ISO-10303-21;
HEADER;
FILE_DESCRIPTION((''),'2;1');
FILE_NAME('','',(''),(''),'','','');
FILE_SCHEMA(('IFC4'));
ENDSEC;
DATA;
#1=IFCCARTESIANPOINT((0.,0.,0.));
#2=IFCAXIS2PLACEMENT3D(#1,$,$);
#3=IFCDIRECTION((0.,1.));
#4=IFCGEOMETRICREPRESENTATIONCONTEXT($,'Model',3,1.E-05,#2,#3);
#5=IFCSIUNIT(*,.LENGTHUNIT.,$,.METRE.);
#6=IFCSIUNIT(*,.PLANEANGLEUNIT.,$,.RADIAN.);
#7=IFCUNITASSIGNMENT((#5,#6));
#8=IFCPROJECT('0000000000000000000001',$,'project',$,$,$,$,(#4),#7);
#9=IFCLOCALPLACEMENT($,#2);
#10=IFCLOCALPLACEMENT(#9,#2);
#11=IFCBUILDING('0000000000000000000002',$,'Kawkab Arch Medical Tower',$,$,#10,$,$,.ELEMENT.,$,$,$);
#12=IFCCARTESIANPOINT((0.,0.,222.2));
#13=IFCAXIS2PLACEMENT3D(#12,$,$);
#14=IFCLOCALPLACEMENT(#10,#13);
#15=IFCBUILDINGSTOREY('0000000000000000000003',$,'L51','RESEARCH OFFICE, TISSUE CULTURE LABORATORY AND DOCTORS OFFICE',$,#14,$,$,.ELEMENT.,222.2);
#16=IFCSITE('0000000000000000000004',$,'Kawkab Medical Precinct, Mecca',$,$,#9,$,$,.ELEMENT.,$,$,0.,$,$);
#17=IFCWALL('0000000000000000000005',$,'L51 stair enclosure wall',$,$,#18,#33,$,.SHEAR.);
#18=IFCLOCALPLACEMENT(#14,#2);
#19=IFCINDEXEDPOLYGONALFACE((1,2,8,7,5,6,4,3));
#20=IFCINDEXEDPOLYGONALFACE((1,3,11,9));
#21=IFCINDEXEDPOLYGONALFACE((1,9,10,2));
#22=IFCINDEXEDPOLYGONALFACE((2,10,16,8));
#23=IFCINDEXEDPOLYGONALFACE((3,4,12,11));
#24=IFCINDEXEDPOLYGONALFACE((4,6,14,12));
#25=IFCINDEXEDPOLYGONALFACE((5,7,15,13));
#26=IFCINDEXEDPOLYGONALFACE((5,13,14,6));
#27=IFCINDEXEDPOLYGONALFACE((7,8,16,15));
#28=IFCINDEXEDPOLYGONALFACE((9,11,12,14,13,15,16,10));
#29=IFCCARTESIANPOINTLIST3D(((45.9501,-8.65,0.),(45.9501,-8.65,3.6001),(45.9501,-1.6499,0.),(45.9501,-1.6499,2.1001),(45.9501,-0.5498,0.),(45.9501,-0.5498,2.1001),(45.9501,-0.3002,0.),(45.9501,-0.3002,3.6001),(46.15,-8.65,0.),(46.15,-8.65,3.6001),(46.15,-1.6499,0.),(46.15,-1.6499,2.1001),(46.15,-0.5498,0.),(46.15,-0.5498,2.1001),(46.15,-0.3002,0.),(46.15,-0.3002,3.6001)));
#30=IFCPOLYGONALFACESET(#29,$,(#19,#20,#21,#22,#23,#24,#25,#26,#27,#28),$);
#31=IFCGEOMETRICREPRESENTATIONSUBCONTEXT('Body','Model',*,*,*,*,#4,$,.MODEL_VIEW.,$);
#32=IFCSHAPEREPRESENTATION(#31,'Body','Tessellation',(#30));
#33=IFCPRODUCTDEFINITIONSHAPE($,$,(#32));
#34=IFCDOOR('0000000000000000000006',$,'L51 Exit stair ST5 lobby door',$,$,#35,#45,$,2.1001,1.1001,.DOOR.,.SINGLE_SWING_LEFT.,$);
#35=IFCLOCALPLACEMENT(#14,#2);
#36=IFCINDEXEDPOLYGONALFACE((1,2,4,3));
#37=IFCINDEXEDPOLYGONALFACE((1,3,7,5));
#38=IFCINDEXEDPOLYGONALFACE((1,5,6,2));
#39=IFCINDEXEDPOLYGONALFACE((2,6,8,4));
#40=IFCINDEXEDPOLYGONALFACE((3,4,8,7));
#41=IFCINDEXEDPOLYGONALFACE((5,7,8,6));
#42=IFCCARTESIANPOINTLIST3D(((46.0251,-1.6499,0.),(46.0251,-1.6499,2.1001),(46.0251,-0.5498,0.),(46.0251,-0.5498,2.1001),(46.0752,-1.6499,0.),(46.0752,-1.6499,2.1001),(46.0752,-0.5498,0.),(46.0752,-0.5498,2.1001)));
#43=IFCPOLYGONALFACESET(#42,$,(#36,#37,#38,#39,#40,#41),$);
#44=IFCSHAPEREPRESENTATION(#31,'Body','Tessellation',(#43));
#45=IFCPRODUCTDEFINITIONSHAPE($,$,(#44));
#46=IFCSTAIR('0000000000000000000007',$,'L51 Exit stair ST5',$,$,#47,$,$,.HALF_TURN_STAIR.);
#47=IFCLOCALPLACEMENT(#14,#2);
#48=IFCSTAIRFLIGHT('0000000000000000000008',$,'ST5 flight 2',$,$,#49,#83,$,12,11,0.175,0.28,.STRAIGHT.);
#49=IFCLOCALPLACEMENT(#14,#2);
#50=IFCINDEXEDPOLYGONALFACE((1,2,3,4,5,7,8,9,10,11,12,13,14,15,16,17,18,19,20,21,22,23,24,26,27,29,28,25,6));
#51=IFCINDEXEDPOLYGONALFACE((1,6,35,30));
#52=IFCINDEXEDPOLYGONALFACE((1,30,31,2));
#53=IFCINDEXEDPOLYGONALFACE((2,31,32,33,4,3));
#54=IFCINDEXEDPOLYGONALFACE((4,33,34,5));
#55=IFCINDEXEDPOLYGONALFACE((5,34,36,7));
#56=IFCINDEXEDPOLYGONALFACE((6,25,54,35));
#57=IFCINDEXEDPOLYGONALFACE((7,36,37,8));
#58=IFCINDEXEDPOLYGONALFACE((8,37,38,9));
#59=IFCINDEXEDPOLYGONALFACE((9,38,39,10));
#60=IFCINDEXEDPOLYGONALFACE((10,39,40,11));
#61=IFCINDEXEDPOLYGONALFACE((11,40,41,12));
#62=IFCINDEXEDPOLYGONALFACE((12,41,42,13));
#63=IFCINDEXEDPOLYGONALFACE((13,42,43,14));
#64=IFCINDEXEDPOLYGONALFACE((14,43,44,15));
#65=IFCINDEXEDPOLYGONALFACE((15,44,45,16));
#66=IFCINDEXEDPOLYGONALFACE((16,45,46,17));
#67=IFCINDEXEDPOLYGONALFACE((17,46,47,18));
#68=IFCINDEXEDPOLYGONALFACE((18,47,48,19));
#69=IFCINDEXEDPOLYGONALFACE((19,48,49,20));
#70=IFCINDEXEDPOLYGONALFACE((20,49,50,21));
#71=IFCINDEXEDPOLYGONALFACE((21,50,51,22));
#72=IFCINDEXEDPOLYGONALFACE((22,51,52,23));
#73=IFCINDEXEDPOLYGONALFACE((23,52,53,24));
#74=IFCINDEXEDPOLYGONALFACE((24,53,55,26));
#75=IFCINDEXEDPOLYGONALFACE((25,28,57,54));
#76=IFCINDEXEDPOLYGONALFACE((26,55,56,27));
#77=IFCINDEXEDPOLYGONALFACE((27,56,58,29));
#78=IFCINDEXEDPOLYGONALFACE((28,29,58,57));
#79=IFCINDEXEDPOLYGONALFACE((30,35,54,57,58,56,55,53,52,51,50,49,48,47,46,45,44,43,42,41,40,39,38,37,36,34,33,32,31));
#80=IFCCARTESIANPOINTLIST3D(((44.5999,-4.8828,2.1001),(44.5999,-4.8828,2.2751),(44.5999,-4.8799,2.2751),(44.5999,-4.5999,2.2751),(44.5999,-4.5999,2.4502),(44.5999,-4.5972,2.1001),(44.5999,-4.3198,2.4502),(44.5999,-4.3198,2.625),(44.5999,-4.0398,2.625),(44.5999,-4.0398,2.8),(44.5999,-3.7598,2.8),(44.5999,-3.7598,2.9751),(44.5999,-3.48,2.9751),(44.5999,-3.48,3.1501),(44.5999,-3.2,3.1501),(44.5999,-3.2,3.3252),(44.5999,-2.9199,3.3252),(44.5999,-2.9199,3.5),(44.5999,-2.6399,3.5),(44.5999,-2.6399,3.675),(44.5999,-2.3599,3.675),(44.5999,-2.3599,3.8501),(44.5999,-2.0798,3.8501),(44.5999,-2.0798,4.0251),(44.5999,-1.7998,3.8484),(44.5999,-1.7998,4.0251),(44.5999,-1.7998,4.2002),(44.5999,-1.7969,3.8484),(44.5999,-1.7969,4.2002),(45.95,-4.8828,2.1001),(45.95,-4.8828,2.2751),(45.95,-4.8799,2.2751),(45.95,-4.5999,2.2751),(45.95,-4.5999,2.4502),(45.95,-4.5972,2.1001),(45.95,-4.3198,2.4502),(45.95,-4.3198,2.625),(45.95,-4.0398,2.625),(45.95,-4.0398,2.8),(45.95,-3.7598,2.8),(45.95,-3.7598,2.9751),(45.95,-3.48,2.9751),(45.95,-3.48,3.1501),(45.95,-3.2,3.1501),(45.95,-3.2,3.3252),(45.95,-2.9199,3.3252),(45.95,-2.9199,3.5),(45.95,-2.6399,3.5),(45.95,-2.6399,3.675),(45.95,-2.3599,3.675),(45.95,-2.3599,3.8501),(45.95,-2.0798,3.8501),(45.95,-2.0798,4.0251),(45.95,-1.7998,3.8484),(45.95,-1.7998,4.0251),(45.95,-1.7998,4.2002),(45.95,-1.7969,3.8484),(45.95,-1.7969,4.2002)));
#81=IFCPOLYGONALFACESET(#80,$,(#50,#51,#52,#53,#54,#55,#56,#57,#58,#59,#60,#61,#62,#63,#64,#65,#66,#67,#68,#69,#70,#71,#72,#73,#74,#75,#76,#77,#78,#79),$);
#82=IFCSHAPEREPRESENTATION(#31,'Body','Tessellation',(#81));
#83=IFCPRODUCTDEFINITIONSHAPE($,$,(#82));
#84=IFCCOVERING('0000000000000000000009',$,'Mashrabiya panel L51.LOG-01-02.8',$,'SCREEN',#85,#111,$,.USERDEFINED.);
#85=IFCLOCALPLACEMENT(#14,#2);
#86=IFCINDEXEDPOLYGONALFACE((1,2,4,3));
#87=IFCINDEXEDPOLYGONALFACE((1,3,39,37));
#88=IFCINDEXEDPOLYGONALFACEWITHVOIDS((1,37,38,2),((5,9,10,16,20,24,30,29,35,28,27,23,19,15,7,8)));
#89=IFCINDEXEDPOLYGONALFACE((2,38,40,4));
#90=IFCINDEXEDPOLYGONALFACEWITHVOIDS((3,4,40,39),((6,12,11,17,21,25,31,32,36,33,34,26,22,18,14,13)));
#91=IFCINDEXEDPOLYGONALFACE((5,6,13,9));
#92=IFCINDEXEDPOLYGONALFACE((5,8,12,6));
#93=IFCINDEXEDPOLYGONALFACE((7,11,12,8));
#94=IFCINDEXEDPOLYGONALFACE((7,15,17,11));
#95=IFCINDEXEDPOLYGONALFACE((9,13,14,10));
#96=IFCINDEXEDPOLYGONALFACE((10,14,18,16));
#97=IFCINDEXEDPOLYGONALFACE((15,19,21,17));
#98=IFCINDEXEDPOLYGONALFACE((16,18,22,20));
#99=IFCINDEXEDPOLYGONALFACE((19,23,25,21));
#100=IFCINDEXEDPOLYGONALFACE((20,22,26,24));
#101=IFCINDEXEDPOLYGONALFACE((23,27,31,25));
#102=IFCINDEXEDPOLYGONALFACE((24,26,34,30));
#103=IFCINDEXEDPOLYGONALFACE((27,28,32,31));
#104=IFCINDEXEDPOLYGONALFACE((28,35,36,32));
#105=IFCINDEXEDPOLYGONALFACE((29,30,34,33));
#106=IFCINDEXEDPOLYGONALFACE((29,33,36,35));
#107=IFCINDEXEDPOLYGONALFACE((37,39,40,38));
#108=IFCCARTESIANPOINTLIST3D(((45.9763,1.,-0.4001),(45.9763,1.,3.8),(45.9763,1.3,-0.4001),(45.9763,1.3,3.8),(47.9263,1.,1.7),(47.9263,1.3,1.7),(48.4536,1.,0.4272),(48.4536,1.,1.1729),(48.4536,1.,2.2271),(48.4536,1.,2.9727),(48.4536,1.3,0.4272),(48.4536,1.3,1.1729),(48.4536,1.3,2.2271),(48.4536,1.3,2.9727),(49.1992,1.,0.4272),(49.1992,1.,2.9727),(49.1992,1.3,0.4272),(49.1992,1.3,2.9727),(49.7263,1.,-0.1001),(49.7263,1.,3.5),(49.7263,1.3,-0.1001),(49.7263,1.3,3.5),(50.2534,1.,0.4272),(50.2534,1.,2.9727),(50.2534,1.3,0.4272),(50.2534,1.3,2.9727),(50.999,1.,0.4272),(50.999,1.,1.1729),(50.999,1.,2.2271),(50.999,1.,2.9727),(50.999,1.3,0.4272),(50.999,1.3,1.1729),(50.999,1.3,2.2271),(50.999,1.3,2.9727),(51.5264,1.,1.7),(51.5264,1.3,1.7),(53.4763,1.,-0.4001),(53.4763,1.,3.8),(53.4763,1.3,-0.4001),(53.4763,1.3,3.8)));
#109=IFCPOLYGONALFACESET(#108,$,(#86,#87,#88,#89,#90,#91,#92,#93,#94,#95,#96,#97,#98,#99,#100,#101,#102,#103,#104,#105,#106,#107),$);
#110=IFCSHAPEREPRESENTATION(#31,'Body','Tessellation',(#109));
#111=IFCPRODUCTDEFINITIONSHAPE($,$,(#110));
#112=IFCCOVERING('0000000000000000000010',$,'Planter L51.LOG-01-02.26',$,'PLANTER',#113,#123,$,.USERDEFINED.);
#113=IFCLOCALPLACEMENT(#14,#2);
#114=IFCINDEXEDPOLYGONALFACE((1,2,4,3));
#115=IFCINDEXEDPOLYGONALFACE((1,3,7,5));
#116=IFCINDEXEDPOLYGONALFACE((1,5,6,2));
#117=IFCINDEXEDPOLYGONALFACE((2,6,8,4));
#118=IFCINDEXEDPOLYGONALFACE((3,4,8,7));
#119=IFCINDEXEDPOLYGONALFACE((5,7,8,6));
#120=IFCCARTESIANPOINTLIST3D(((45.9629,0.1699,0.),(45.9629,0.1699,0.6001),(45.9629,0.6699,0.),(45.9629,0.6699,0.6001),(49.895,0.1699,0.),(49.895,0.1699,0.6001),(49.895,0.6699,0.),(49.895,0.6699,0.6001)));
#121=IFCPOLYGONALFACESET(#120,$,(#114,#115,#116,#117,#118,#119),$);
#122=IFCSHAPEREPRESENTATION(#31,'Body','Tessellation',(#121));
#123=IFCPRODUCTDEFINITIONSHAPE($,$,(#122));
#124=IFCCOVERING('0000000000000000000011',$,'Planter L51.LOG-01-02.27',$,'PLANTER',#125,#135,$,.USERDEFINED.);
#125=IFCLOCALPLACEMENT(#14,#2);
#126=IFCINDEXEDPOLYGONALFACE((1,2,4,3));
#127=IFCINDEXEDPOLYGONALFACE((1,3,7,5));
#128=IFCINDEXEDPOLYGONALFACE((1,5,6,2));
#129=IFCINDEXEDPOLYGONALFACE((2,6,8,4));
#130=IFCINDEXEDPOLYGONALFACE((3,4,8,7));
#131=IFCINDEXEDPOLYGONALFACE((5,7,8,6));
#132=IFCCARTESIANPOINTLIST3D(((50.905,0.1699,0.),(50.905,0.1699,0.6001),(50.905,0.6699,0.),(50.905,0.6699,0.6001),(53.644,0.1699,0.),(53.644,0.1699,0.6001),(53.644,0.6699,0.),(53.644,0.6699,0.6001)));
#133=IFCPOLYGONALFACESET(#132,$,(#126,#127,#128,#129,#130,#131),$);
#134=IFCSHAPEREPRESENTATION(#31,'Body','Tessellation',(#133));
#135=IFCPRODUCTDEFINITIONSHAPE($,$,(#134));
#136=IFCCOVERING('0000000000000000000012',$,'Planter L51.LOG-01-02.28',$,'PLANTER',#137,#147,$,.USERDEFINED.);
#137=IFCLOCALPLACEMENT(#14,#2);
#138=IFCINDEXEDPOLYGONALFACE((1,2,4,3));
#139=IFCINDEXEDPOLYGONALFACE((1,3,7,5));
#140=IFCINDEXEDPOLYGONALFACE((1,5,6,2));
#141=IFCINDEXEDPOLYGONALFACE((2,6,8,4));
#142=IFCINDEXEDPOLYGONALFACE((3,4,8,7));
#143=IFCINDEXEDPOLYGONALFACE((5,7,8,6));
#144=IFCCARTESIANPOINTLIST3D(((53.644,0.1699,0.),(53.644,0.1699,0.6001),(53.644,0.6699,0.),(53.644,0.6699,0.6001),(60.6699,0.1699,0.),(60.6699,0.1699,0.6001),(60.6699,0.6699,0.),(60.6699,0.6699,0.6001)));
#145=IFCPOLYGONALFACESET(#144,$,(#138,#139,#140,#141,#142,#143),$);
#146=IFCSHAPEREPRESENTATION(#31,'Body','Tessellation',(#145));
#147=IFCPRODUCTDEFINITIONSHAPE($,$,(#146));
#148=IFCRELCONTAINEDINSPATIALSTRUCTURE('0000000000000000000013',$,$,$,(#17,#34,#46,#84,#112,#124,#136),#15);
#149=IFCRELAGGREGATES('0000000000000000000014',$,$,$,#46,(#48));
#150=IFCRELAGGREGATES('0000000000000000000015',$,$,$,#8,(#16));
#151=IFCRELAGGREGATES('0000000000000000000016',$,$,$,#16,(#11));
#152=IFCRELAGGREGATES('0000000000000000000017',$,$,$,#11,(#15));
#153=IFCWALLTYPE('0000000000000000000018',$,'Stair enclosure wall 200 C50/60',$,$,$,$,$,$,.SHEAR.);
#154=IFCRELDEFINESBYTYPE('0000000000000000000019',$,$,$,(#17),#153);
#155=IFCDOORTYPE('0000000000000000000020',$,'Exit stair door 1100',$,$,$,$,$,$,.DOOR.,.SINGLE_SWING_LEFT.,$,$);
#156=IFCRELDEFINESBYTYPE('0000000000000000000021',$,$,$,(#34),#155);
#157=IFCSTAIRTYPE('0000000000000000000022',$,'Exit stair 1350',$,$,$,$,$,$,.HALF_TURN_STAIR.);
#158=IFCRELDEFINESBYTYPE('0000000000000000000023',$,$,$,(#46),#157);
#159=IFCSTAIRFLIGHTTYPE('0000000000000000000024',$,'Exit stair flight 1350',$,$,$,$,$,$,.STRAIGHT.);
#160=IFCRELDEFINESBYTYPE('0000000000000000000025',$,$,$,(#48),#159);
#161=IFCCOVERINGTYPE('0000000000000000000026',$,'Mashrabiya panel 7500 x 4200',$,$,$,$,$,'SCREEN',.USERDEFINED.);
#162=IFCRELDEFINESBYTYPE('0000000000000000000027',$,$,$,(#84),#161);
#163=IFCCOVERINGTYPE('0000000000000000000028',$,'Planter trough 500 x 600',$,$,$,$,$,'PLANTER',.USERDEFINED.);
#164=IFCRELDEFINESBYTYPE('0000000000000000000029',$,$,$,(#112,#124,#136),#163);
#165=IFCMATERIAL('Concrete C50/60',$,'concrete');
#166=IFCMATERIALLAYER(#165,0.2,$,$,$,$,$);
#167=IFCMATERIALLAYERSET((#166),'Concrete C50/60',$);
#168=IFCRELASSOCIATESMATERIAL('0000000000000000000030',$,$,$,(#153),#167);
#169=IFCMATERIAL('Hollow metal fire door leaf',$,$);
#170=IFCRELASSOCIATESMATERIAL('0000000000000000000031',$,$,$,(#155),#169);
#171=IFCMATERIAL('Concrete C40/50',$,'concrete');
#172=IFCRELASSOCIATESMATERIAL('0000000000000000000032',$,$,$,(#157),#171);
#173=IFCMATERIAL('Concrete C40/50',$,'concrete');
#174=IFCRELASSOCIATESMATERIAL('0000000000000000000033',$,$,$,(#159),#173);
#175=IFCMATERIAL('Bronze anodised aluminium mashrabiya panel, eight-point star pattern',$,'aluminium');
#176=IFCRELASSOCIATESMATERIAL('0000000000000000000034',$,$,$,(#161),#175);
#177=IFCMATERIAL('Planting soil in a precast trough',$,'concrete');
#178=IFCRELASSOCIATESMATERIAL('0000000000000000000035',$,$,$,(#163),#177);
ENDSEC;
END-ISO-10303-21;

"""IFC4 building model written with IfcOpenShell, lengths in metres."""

from ifc_helpers import new_model, si_unit, direction, frame, frame_2d, origin, origin_2d, place, context, subcontext, project, spatial, polyline, rectangle, outline, extrude, material, layer, layer_set, material_profile, profile_set, type_object, element, fill, aggregate, save


model = new_model("IFC4")

# Units and contexts
model_context = context("Model", 3, precision=1e-05, world=origin(), true_north=direction((0.0, 1.0)))
body_context = subcontext(model_context, "Body", "Model", "MODEL_VIEW")
ifc_project = project(units=[si_unit("LENGTHUNIT", "METRE"), si_unit("PLANEANGLEUNIT", "RADIAN")], contexts=[model_context])

# Site, building, storey
site_placement = place(None, origin())
site = spatial("IfcSite", under=ifc_project, at=site_placement, Name="Kawkab Medical Precinct, Mecca", CompositionType="ELEMENT", RefElevation=0.0)
building_placement = place(site_placement, origin())
building = spatial("IfcBuilding", under=site, at=building_placement, Name="Kawkab Arch Medical Tower", CompositionType="ELEMENT")
storey_placement = place(building_placement, frame((0.0, 0.0, 222.2)))
storey = spatial("IfcBuildingStorey", under=building, at=storey_placement, Name="L51", Description="RESEARCH OFFICE, TISSUE CULTURE LABORATORY AND DOCTORS OFFICE", CompositionType="ELEMENT", Elevation=222.2)

# Shared definitions
placement = place(storey_placement, origin())

# Wall, opening, door
ifc_material_1 = material(Name="Concrete C50/60", Category="concrete")
ifc_layer_1 = layer(ifc_material_1, 0.2)
ifc_layer_set_1 = layer_set([ifc_layer_1], Name="Concrete C50/60")
wall_type_1 = type_object("IfcWallType", Name="Stair enclosure wall 200 C50/60", PredefinedType="SHEAR", material=ifc_layer_set_1)
wall_1_placement = place(storey_placement, frame((46.05, -8.6499, 0.0), z_axis=(0.0, 0.0, 1.0), x_axis=(0.0, 1.0, 0.0)))
wall_1 = element("IfcWall", 1, at=wall_1_placement, inside=storey, type_object=wall_type_1, Name="L51 stair enclosure wall", PredefinedType="SHEAR", context=body_context, shape_type="SweptSolid", body=[
    extrude(rectangle(XDim=8.3499, YDim=0.2, at=frame_2d((4.1748, 0.0))), origin(), (0.0, 0.0, 1.0), 3.6001),
])
opening_1_placement = place(wall_1_placement, frame((7.0, 0.0, 0.0)))
opening_1 = element("IfcOpeningElement", 2, at=opening_1_placement, cuts=wall_1, PredefinedType="OPENING", context=body_context, shape_type="SweptSolid", body=[
    extrude(rectangle(XDim=1.1001, YDim=2.1001, at=frame_2d((0.55, 1.05))), frame((0.0, 0.1099, 0.0), z_axis=(0.0, -1.0, 0.0), x_axis=(1.0, 0.0, 0.0)), (0.0, 0.0, 1.0), 0.22),
])
ifc_material_2 = material(Name="Hollow metal fire door leaf")
door_type_1 = type_object("IfcDoorType", Name="Exit stair door 1100", OperationType="SINGLE_SWING_LEFT", PredefinedType="DOOR", material=ifc_material_2)
door_1_placement = place(opening_1_placement, origin())
door_1 = element("IfcDoor", 3, at=door_1_placement, inside=storey, type_object=door_type_1, Name="L51 Exit stair ST5 lobby door", OperationType="SINGLE_SWING_LEFT", OverallHeight=2.1001, OverallWidth=1.1001, PredefinedType="DOOR", context=body_context, shape_type="SweptSolid", body=[
    extrude(rectangle(XDim=1.1001, YDim=2.1001, at=frame_2d((0.55, 1.05))), frame((0.0, 0.0249, 0.0), z_axis=(0.0, -1.0, 0.0), x_axis=(1.0, 0.0, 0.0)), (0.0, 0.0, 1.0), 0.05),
])
fill(opening_1, door_1)

# Stair, stair flight
ifc_material_3 = material(Name="Concrete C40/50", Category="concrete")
stair_type = type_object("IfcStairType", Name="Exit stair 1350", PredefinedType="HALF_TURN_STAIR", material=ifc_material_3)
stair = element("IfcStair", 4, at=placement, inside=storey, type_object=stair_type, Name="L51 Exit stair ST5", PredefinedType="HALF_TURN_STAIR")
ifc_material_4 = material(Name="Concrete C40/50", Category="concrete")
stair_flight_type = type_object("IfcStairFlightType", Name="Exit stair flight 1350", PredefinedType="STRAIGHT", material=ifc_material_4)
stair_flight_placement = place(storey_placement, frame((45.2749, -4.8799, 2.1001), z_axis=(0.0, 0.0, 1.0), x_axis=(0.0, 1.0, 0.0)))
stair_flight = element("IfcStairFlight", 5, at=stair_flight_placement, type_object=stair_flight_type, Name="ST5 flight 2", NumberOfRisers=12, NumberOfTreads=11, PredefinedType="STRAIGHT", RiserHeight=0.175, TreadLength=0.28, context=body_context, shape_type="SweptSolid", body=[
    extrude(outline(polyline([(-0.0029, 0.0), (-0.0029, 0.175), (0.0, 0.175), (0.28, 0.175), (0.28, 0.3501), (0.5601, 0.3501), (0.5601, 0.5249), (0.8401, 0.5249), (0.8401, 0.7), (1.1201, 0.7), (1.1201, 0.875), (1.3999, 0.875), (1.3999, 1.05), (1.6799, 1.05), (1.6799, 1.2251), (1.96, 1.2251), (1.96, 1.3999), (2.24, 1.3999), (2.24, 1.575), (2.52, 1.575), (2.52, 1.75), (2.8, 1.75), (2.8, 1.925), (3.0801, 1.925), (3.0801, 2.1001), (3.083, 2.1001), (3.083, 1.7483), (3.0801, 1.7483), (0.2827, 0.0), (-0.0029, 0.0)])), frame((0.0, 0.675, 0.0), z_axis=(0.0, -1.0, 0.0), x_axis=(1.0, 0.0, 0.0)), (0.0, 0.0, 1.0), 1.3501),
])
aggregate(stair, [stair_flight])

# Coverings
ifc_material_5 = material(Name="Bronze anodised aluminium mashrabiya panel, eight-point star pattern", Category="aluminium")
ifc_material_profile_1 = material_profile(ifc_material_5, outline(polyline([(-3.75, -2.1001), (3.75, -2.1001), (3.75, 2.1001), (-3.75, 2.1001), (-3.75, -2.1001)]), holes=[polyline([(1.8, 0.0), (1.2727, 0.5271), (1.2727, 1.2727), (0.5271, 1.2727), (0.0, 1.8), (-0.5271, 1.2727), (-1.2727, 1.2727), (-1.2727, 0.5271), (-1.8, 0.0), (-1.2727, -0.5271), (-1.2727, -1.2727), (-0.5271, -1.2727), (0.0, -1.8), (0.5271, -1.2727), (1.2727, -1.2727), (1.2727, -0.5271), (1.8, 0.0)])]), Name="Mashrabiya panel 7500x4200")
ifc_profile_set_1 = profile_set([ifc_material_profile_1], Name="Bronze anodised aluminium mashrabiya panel, eight-point star pattern")
covering_type_1 = type_object("IfcCoveringType", Name="Mashrabiya panel 7500 x 4200", ElementType="SCREEN", PredefinedType="USERDEFINED", material=ifc_profile_set_1)
covering_1_placement = place(storey_placement, frame((49.7263, 1.0, 1.7), z_axis=(0.0, 1.0, 0.0), x_axis=(-1.0, 0.0, 0.0)))
element("IfcCovering", 6, at=covering_1_placement, inside=storey, type_object=covering_type_1, Name="Mashrabiya panel L51.LOG-01-02.8", ObjectType="SCREEN", PredefinedType="USERDEFINED", context=body_context, shape_type="SweptSolid", body=[
    extrude(outline(polyline([(-3.75, -2.1001), (3.75, -2.1001), (3.75, 2.1001), (-3.75, 2.1001), (-3.75, -2.1001)]), holes=[polyline([(1.8, 0.0), (1.2727, 0.5271), (1.2727, 1.2727), (0.5271, 1.2727), (0.0, 1.8), (-0.5271, 1.2727), (-1.2727, 1.2727), (-1.2727, 0.5271), (-1.8, 0.0), (-1.2727, -0.5271), (-1.2727, -1.2727), (-0.5271, -1.2727), (0.0, -1.8), (0.5271, -1.2727), (1.2727, -1.2727), (1.2727, -0.5271), (1.8, 0.0)])]), origin(), (0.0, 0.0, 1.0), 0.3),
])
ifc_material_6 = material(Name="Planting soil in a precast trough", Category="concrete")
ifc_material_profile_2 = material_profile(ifc_material_6, rectangle(XDim=0.5, YDim=0.6001, at=origin_2d()), Name="Trough 500x600")
ifc_profile_set_2 = profile_set([ifc_material_profile_2], Name="Planting soil in a precast trough")
covering_type_2 = type_object("IfcCoveringType", Name="Planter trough 500 x 600", ElementType="PLANTER", PredefinedType="USERDEFINED", material=ifc_profile_set_2)
covering_2_placement = place(storey_placement, frame((45.9629, 0.4199, 0.3), z_axis=(1.0, 0.0, 0.0), x_axis=(0.0, 1.0, 0.0)))
element("IfcCovering", 7, at=covering_2_placement, inside=storey, type_object=covering_type_2, Name="Planter L51.LOG-01-02.26", ObjectType="PLANTER", PredefinedType="USERDEFINED", context=body_context, shape_type="SweptSolid", body=[
    extrude(rectangle(XDim=0.5, YDim=0.6001, at=origin_2d()), origin(), (0.0, 0.0, 1.0), 3.9321),
])
covering_3_placement = place(storey_placement, frame((50.905, 0.4199, 0.3), z_axis=(1.0, 0.0, 0.0), x_axis=(0.0, 1.0, 0.0)))
element("IfcCovering", 8, at=covering_3_placement, inside=storey, type_object=covering_type_2, Name="Planter L51.LOG-01-02.27", ObjectType="PLANTER", PredefinedType="USERDEFINED", context=body_context, shape_type="SweptSolid", body=[
    extrude(rectangle(XDim=0.5, YDim=0.6001, at=origin_2d()), origin(), (0.0, 0.0, 1.0), 2.739),
])
covering_4_placement = place(storey_placement, frame((53.644, 0.4199, 0.3), z_axis=(1.0, 0.0, 0.0), x_axis=(0.0, 1.0, 0.0)))
element("IfcCovering", 9, at=covering_4_placement, inside=storey, type_object=covering_type_2, Name="Planter L51.LOG-01-02.28", ObjectType="PLANTER", PredefinedType="USERDEFINED", context=body_context, shape_type="SweptSolid", body=[
    extrude(rectangle(XDim=0.5, YDim=0.6001, at=origin_2d()), origin(), (0.0, 0.0, 1.0), 7.0259),
])

save(model, "model.ifc")
